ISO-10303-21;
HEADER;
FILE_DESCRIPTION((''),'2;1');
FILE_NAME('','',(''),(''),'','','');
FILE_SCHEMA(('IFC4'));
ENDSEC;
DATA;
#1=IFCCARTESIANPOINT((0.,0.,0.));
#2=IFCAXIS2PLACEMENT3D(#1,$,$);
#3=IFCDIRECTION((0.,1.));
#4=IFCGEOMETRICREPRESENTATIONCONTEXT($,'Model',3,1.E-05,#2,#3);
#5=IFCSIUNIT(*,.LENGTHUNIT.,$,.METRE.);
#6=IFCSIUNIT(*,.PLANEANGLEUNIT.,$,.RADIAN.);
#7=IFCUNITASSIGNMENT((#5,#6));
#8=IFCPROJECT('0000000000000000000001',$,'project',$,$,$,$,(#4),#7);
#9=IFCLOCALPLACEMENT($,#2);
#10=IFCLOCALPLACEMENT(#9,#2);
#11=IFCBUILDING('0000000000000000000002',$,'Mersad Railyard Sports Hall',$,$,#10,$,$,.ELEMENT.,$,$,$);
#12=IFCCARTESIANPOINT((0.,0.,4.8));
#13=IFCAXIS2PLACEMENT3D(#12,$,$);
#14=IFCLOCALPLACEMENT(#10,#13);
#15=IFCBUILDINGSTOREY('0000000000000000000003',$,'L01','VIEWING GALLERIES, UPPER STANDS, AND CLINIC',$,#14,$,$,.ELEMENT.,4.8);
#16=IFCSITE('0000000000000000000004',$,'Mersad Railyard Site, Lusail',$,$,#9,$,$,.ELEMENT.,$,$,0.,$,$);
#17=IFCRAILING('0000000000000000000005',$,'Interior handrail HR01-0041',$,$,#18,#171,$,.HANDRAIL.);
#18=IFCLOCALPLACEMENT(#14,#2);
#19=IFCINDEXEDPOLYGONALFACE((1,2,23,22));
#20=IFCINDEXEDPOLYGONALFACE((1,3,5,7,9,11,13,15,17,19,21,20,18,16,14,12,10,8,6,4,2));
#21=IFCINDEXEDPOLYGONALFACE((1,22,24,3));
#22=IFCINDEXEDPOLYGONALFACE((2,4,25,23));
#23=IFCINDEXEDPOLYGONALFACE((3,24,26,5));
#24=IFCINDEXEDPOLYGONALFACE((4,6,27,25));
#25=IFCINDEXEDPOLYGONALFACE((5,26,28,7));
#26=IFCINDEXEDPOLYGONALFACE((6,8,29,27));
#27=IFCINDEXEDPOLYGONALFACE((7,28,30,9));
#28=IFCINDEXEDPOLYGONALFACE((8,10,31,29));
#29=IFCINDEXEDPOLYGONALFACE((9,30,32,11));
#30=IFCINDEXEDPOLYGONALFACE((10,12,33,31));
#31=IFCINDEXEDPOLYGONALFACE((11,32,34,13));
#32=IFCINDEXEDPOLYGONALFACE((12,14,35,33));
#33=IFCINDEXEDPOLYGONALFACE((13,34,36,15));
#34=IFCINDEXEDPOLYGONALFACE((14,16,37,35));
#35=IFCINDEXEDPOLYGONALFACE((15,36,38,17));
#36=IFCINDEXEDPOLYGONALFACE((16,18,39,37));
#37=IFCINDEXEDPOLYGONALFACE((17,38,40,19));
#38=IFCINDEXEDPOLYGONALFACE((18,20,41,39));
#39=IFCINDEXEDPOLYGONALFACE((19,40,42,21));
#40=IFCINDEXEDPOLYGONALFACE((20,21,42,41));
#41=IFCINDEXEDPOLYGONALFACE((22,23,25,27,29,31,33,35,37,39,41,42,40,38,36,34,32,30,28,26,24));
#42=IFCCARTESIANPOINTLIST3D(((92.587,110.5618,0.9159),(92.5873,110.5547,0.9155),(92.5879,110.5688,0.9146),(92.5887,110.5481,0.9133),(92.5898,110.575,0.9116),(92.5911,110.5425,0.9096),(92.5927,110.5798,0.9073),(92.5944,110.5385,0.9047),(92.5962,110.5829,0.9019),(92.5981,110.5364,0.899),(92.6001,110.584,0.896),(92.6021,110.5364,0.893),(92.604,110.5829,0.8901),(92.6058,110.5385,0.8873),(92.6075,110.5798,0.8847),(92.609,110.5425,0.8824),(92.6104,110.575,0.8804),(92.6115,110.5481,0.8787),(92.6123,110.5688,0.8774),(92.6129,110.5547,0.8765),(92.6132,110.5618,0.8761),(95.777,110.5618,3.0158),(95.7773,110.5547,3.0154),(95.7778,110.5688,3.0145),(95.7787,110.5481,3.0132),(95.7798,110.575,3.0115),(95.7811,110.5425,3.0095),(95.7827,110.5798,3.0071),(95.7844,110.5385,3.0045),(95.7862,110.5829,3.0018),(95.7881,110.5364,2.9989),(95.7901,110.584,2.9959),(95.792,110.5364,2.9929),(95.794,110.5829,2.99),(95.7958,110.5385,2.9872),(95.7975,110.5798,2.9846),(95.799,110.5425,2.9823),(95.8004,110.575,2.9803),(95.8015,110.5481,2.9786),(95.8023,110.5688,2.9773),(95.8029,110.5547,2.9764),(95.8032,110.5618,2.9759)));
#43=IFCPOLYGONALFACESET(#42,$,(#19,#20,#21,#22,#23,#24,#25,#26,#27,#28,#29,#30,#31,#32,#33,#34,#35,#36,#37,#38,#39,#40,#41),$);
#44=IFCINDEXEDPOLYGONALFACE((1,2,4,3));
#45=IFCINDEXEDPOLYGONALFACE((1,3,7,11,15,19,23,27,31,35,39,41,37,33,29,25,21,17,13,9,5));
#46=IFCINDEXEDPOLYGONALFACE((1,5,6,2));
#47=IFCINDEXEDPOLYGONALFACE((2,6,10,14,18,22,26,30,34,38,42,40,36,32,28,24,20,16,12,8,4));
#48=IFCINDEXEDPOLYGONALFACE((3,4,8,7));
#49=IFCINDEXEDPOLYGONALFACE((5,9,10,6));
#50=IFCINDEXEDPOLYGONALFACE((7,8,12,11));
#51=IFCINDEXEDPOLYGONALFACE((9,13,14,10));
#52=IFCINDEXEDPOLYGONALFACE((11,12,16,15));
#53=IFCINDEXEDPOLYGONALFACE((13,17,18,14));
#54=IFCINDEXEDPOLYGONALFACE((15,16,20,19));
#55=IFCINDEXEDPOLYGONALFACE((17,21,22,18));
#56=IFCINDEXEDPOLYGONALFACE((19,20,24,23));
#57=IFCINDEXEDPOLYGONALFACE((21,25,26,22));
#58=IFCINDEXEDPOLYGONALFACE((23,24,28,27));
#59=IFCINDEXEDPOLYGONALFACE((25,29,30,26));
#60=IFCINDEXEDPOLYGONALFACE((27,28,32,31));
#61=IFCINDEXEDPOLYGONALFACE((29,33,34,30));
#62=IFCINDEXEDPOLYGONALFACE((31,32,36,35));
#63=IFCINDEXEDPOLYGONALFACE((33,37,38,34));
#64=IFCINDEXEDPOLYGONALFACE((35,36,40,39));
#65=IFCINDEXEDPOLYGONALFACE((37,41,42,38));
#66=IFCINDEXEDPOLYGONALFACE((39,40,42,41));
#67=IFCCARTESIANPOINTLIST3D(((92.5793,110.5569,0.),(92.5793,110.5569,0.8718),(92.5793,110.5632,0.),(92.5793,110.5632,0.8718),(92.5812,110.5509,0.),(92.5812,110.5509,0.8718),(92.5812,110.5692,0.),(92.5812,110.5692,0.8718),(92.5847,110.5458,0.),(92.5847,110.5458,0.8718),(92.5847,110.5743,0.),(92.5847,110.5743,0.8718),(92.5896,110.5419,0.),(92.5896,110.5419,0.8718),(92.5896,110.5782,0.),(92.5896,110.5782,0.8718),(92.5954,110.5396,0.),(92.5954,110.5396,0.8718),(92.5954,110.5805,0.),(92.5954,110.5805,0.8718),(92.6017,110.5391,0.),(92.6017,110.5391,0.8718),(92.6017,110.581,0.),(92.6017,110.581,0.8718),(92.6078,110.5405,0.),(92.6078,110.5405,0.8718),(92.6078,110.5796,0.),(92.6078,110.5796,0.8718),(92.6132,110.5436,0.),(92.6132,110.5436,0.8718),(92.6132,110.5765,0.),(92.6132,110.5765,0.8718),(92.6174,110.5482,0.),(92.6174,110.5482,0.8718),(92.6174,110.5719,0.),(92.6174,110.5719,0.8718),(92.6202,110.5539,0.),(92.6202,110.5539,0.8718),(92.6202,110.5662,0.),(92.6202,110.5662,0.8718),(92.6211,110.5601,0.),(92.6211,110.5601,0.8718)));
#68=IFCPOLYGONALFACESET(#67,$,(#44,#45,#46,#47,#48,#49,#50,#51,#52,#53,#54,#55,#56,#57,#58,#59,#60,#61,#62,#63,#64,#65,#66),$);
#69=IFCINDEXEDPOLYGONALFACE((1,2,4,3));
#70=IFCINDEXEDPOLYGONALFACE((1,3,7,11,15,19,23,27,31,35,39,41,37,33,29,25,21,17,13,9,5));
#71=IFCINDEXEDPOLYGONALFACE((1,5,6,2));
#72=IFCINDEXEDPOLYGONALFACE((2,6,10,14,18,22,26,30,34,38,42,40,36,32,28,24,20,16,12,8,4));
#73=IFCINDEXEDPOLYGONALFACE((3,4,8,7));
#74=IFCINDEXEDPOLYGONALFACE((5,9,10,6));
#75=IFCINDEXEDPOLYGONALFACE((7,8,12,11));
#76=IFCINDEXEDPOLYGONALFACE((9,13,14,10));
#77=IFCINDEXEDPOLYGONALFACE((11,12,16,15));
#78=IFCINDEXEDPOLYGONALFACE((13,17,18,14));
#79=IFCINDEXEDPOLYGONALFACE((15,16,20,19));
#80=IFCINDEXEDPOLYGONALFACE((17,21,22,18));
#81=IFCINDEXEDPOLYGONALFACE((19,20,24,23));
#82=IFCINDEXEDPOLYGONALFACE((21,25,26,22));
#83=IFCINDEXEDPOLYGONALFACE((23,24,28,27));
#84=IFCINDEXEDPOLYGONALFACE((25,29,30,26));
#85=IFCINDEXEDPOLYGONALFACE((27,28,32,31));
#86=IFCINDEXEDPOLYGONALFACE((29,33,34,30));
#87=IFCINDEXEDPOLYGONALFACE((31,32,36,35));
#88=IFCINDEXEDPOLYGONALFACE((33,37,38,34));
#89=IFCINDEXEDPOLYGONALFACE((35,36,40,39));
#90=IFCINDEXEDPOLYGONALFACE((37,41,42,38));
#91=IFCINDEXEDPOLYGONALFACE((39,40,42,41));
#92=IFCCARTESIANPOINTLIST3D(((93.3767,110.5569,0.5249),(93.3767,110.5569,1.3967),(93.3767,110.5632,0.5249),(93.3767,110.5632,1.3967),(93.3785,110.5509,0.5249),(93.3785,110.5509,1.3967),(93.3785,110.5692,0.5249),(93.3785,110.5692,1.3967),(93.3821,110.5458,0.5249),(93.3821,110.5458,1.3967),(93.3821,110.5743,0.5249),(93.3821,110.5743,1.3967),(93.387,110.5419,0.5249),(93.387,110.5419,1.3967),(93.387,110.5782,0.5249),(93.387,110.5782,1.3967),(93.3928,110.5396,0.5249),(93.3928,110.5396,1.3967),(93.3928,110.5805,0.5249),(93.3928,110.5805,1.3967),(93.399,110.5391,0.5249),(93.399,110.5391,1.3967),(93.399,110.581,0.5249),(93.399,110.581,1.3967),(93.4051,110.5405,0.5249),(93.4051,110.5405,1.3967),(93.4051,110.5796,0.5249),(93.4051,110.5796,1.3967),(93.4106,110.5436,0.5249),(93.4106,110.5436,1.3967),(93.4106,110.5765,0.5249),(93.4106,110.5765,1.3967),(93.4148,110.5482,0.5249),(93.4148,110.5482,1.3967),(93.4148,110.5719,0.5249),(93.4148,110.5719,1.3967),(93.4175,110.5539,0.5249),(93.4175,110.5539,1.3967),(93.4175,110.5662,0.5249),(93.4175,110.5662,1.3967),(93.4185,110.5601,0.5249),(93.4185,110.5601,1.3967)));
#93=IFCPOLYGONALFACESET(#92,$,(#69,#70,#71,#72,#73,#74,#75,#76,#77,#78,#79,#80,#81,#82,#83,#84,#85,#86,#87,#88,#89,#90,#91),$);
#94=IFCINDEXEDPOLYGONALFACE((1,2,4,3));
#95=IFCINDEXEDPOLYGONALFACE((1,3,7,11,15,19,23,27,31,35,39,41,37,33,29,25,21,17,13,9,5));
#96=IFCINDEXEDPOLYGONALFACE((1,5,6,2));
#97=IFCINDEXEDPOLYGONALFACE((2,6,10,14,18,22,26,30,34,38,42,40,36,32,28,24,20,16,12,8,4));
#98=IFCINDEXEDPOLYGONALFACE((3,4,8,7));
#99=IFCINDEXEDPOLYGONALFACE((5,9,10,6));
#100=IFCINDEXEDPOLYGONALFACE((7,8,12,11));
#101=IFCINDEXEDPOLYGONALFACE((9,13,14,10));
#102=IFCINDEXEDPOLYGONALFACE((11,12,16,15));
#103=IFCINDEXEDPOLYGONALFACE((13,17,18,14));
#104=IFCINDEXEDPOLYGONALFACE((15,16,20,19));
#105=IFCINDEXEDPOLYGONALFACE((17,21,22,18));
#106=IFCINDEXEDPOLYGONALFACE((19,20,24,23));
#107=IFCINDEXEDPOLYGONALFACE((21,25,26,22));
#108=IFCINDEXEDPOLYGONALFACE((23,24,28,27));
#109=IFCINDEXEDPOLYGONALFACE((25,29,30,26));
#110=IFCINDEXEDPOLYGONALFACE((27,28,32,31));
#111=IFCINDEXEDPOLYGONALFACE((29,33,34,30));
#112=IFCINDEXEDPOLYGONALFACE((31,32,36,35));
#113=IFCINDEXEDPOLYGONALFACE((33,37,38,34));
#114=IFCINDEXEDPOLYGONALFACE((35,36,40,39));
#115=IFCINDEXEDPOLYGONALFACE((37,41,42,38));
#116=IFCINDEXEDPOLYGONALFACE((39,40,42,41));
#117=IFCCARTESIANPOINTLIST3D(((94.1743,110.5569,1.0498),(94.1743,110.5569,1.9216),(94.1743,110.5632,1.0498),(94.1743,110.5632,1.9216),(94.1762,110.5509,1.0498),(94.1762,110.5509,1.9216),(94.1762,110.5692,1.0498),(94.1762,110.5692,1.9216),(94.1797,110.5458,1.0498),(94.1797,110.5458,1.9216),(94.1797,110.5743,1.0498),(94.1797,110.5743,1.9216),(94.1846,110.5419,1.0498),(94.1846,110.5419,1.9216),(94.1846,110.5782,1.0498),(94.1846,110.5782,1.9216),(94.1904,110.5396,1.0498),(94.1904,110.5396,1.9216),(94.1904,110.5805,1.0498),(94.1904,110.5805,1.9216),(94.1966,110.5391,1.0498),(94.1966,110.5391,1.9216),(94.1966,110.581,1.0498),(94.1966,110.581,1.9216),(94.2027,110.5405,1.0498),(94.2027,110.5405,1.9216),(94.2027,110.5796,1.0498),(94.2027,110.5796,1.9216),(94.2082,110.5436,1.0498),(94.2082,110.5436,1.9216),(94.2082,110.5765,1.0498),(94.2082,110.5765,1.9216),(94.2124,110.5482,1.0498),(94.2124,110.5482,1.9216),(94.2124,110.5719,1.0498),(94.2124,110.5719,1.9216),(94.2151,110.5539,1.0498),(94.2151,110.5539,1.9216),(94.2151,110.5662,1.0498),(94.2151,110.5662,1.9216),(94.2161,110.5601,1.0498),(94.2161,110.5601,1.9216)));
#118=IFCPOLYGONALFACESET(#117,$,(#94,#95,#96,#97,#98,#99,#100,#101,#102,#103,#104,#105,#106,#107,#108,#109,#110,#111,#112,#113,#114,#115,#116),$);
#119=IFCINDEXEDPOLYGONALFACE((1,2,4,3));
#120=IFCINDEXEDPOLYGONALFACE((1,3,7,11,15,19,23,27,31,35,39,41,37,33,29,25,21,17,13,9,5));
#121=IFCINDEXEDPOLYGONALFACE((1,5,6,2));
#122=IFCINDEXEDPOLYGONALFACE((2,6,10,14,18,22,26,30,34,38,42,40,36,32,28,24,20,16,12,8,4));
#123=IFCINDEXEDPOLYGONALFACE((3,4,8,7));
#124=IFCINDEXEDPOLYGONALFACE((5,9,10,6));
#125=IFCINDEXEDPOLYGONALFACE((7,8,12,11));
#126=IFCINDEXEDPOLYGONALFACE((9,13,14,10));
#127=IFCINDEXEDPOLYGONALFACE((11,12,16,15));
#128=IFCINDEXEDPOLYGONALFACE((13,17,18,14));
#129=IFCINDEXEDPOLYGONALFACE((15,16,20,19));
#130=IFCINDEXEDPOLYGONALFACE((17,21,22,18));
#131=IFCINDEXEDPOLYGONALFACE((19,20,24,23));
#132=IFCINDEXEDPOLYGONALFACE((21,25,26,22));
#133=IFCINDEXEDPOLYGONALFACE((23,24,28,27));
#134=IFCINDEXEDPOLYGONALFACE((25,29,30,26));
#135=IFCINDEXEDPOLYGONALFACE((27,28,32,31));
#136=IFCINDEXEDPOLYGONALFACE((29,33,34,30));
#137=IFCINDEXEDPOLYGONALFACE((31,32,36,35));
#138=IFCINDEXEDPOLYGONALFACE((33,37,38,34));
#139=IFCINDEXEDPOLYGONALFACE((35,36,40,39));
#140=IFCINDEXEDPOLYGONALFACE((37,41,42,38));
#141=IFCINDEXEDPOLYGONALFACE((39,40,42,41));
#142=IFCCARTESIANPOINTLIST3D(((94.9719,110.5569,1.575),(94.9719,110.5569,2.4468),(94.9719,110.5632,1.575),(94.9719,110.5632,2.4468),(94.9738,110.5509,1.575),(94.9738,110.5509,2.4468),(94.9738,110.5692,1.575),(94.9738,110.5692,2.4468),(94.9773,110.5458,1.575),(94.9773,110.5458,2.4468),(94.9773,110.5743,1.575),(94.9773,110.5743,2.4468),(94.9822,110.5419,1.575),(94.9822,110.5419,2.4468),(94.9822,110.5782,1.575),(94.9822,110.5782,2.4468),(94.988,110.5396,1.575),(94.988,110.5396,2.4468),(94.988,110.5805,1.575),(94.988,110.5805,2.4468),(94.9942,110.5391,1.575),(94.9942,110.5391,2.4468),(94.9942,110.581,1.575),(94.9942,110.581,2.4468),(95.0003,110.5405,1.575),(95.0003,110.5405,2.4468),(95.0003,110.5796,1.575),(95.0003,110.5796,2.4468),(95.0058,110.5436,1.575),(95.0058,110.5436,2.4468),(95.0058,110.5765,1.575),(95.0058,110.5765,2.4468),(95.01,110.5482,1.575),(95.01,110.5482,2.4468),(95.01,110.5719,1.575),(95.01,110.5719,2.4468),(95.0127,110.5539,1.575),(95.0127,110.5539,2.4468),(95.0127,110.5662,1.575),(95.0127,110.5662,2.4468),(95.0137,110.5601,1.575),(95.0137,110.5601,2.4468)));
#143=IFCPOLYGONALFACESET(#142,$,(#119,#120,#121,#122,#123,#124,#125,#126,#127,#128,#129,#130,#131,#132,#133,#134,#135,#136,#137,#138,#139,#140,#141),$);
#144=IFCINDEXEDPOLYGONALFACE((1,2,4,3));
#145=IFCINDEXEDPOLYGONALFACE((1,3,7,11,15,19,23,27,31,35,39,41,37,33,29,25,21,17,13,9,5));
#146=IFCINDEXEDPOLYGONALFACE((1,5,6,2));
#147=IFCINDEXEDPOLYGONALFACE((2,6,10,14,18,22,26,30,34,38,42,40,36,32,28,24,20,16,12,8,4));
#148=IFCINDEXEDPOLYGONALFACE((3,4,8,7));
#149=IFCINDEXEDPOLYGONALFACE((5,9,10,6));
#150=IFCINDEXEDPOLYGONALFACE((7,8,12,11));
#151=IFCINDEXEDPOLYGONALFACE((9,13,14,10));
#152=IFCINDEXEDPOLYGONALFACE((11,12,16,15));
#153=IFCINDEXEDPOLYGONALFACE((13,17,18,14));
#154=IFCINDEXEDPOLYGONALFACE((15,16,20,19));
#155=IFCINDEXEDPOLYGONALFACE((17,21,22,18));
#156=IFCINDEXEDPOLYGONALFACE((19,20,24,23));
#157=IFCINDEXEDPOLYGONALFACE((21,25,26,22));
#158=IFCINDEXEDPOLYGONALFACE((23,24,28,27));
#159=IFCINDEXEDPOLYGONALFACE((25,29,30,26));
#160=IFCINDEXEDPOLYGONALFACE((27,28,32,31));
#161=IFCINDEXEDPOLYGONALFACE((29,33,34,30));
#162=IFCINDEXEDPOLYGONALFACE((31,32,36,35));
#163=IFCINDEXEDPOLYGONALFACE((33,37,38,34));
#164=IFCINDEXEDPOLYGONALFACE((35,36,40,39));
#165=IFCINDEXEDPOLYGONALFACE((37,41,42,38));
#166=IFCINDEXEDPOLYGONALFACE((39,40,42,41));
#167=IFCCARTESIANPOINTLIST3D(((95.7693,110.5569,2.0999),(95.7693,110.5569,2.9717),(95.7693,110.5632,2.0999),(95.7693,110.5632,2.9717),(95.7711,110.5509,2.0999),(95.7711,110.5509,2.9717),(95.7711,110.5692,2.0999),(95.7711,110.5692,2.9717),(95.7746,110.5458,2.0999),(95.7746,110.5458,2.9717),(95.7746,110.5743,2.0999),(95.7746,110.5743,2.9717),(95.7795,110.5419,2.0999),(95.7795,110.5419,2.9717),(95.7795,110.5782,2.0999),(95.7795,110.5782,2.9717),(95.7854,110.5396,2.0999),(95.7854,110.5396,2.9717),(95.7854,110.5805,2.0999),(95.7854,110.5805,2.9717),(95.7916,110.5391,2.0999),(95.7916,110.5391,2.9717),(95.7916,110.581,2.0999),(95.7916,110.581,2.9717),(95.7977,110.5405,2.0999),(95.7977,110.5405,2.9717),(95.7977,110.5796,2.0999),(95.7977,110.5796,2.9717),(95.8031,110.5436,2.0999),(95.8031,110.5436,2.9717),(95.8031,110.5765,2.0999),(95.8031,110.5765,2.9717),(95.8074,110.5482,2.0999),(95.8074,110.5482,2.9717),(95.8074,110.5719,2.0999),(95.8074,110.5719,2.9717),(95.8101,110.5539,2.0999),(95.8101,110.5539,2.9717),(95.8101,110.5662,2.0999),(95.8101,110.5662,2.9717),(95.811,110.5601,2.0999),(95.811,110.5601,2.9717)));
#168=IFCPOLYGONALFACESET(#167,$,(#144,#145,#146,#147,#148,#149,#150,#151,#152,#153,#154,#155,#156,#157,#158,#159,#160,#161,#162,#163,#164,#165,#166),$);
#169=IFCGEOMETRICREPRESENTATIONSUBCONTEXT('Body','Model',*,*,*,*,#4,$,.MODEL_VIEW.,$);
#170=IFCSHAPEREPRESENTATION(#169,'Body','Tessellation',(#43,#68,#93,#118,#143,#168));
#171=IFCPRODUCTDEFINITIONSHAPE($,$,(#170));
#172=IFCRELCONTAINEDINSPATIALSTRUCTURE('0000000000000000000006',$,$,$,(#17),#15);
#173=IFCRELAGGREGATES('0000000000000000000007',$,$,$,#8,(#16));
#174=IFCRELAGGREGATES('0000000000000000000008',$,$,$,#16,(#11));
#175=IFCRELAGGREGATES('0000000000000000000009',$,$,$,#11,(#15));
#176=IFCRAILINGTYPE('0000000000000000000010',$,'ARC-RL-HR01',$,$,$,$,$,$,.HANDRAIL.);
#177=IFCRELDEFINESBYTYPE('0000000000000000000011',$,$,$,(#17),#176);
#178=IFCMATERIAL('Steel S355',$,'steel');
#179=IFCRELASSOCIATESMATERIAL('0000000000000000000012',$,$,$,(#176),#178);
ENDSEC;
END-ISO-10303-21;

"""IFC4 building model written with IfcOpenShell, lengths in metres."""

from ifc_helpers import new_model, si_unit, direction, frame, origin, origin_2d, place, context, subcontext, project, spatial, circle, extrude, material, type_object, element, save


model = new_model("IFC4")

# Units and contexts
model_context = context("Model", 3, precision=1e-05, world=origin(), true_north=direction((0.0, 1.0)))
body_context = subcontext(model_context, "Body", "Model", "MODEL_VIEW")
ifc_project = project(units=[si_unit("LENGTHUNIT", "METRE"), si_unit("PLANEANGLEUNIT", "RADIAN")], contexts=[model_context])

# Site, building, storey
site_placement = place(None, origin())
site = spatial("IfcSite", under=ifc_project, at=site_placement, Name="Mersad Railyard Site, Lusail", CompositionType="ELEMENT", RefElevation=0.0)
building_placement = place(site_placement, origin())
building = spatial("IfcBuilding", under=site, at=building_placement, Name="Mersad Railyard Sports Hall", CompositionType="ELEMENT")
storey_placement = place(building_placement, frame((0.0, 0.0, 4.8)))
storey = spatial("IfcBuildingStorey", under=building, at=storey_placement, Name="L01", Description="VIEWING GALLERIES, UPPER STANDS, AND CLINIC", CompositionType="ELEMENT", Elevation=4.8)

# Shared definitions
ifc_material_1 = material(Name="Steel S355", Category="steel")

# Railing
railing_type_1 = type_object("IfcRailingType", Name="ARC-RL-HR01", PredefinedType="HANDRAIL", material=ifc_material_1)
railing_1_placement = place(storey_placement, frame((92.6001, 110.5601, 0.0)))
element("IfcRailing", 1, at=railing_1_placement, inside=storey, type_object=railing_type_1, Name="Interior handrail HR01-0041", PredefinedType="HANDRAIL", context=body_context, shape_type="SweptSolid", body=[
    extrude(circle(Radius=0.0239, at=origin_2d()), frame((0.0, 0.0, 0.896), z_axis=(0.835272, 0.0, 0.549837), x_axis=(0.0, 1.0, 0.0)), (0.0, 0.0, 1.0), 3.8191),
    extrude(circle(Radius=0.021, at=origin_2d()), origin(), (0.0, 0.0, 1.0), 0.8718),
    extrude(circle(Radius=0.021, at=origin_2d()), frame((0.7974, 0.0, 0.5249)), (0.0, 0.0, 1.0), 0.8718),
    extrude(circle(Radius=0.021, at=origin_2d()), frame((1.595, 0.0, 1.0498)), (0.0, 0.0, 1.0), 0.8718),
    extrude(circle(Radius=0.021, at=origin_2d()), frame((2.3926, 0.0, 1.575)), (0.0, 0.0, 1.0), 0.8718),
    extrude(circle(Radius=0.021, at=origin_2d()), frame((3.1899, 0.0, 2.0999)), (0.0, 0.0, 1.0), 0.8718),
])

save(model, "model.ifc")
